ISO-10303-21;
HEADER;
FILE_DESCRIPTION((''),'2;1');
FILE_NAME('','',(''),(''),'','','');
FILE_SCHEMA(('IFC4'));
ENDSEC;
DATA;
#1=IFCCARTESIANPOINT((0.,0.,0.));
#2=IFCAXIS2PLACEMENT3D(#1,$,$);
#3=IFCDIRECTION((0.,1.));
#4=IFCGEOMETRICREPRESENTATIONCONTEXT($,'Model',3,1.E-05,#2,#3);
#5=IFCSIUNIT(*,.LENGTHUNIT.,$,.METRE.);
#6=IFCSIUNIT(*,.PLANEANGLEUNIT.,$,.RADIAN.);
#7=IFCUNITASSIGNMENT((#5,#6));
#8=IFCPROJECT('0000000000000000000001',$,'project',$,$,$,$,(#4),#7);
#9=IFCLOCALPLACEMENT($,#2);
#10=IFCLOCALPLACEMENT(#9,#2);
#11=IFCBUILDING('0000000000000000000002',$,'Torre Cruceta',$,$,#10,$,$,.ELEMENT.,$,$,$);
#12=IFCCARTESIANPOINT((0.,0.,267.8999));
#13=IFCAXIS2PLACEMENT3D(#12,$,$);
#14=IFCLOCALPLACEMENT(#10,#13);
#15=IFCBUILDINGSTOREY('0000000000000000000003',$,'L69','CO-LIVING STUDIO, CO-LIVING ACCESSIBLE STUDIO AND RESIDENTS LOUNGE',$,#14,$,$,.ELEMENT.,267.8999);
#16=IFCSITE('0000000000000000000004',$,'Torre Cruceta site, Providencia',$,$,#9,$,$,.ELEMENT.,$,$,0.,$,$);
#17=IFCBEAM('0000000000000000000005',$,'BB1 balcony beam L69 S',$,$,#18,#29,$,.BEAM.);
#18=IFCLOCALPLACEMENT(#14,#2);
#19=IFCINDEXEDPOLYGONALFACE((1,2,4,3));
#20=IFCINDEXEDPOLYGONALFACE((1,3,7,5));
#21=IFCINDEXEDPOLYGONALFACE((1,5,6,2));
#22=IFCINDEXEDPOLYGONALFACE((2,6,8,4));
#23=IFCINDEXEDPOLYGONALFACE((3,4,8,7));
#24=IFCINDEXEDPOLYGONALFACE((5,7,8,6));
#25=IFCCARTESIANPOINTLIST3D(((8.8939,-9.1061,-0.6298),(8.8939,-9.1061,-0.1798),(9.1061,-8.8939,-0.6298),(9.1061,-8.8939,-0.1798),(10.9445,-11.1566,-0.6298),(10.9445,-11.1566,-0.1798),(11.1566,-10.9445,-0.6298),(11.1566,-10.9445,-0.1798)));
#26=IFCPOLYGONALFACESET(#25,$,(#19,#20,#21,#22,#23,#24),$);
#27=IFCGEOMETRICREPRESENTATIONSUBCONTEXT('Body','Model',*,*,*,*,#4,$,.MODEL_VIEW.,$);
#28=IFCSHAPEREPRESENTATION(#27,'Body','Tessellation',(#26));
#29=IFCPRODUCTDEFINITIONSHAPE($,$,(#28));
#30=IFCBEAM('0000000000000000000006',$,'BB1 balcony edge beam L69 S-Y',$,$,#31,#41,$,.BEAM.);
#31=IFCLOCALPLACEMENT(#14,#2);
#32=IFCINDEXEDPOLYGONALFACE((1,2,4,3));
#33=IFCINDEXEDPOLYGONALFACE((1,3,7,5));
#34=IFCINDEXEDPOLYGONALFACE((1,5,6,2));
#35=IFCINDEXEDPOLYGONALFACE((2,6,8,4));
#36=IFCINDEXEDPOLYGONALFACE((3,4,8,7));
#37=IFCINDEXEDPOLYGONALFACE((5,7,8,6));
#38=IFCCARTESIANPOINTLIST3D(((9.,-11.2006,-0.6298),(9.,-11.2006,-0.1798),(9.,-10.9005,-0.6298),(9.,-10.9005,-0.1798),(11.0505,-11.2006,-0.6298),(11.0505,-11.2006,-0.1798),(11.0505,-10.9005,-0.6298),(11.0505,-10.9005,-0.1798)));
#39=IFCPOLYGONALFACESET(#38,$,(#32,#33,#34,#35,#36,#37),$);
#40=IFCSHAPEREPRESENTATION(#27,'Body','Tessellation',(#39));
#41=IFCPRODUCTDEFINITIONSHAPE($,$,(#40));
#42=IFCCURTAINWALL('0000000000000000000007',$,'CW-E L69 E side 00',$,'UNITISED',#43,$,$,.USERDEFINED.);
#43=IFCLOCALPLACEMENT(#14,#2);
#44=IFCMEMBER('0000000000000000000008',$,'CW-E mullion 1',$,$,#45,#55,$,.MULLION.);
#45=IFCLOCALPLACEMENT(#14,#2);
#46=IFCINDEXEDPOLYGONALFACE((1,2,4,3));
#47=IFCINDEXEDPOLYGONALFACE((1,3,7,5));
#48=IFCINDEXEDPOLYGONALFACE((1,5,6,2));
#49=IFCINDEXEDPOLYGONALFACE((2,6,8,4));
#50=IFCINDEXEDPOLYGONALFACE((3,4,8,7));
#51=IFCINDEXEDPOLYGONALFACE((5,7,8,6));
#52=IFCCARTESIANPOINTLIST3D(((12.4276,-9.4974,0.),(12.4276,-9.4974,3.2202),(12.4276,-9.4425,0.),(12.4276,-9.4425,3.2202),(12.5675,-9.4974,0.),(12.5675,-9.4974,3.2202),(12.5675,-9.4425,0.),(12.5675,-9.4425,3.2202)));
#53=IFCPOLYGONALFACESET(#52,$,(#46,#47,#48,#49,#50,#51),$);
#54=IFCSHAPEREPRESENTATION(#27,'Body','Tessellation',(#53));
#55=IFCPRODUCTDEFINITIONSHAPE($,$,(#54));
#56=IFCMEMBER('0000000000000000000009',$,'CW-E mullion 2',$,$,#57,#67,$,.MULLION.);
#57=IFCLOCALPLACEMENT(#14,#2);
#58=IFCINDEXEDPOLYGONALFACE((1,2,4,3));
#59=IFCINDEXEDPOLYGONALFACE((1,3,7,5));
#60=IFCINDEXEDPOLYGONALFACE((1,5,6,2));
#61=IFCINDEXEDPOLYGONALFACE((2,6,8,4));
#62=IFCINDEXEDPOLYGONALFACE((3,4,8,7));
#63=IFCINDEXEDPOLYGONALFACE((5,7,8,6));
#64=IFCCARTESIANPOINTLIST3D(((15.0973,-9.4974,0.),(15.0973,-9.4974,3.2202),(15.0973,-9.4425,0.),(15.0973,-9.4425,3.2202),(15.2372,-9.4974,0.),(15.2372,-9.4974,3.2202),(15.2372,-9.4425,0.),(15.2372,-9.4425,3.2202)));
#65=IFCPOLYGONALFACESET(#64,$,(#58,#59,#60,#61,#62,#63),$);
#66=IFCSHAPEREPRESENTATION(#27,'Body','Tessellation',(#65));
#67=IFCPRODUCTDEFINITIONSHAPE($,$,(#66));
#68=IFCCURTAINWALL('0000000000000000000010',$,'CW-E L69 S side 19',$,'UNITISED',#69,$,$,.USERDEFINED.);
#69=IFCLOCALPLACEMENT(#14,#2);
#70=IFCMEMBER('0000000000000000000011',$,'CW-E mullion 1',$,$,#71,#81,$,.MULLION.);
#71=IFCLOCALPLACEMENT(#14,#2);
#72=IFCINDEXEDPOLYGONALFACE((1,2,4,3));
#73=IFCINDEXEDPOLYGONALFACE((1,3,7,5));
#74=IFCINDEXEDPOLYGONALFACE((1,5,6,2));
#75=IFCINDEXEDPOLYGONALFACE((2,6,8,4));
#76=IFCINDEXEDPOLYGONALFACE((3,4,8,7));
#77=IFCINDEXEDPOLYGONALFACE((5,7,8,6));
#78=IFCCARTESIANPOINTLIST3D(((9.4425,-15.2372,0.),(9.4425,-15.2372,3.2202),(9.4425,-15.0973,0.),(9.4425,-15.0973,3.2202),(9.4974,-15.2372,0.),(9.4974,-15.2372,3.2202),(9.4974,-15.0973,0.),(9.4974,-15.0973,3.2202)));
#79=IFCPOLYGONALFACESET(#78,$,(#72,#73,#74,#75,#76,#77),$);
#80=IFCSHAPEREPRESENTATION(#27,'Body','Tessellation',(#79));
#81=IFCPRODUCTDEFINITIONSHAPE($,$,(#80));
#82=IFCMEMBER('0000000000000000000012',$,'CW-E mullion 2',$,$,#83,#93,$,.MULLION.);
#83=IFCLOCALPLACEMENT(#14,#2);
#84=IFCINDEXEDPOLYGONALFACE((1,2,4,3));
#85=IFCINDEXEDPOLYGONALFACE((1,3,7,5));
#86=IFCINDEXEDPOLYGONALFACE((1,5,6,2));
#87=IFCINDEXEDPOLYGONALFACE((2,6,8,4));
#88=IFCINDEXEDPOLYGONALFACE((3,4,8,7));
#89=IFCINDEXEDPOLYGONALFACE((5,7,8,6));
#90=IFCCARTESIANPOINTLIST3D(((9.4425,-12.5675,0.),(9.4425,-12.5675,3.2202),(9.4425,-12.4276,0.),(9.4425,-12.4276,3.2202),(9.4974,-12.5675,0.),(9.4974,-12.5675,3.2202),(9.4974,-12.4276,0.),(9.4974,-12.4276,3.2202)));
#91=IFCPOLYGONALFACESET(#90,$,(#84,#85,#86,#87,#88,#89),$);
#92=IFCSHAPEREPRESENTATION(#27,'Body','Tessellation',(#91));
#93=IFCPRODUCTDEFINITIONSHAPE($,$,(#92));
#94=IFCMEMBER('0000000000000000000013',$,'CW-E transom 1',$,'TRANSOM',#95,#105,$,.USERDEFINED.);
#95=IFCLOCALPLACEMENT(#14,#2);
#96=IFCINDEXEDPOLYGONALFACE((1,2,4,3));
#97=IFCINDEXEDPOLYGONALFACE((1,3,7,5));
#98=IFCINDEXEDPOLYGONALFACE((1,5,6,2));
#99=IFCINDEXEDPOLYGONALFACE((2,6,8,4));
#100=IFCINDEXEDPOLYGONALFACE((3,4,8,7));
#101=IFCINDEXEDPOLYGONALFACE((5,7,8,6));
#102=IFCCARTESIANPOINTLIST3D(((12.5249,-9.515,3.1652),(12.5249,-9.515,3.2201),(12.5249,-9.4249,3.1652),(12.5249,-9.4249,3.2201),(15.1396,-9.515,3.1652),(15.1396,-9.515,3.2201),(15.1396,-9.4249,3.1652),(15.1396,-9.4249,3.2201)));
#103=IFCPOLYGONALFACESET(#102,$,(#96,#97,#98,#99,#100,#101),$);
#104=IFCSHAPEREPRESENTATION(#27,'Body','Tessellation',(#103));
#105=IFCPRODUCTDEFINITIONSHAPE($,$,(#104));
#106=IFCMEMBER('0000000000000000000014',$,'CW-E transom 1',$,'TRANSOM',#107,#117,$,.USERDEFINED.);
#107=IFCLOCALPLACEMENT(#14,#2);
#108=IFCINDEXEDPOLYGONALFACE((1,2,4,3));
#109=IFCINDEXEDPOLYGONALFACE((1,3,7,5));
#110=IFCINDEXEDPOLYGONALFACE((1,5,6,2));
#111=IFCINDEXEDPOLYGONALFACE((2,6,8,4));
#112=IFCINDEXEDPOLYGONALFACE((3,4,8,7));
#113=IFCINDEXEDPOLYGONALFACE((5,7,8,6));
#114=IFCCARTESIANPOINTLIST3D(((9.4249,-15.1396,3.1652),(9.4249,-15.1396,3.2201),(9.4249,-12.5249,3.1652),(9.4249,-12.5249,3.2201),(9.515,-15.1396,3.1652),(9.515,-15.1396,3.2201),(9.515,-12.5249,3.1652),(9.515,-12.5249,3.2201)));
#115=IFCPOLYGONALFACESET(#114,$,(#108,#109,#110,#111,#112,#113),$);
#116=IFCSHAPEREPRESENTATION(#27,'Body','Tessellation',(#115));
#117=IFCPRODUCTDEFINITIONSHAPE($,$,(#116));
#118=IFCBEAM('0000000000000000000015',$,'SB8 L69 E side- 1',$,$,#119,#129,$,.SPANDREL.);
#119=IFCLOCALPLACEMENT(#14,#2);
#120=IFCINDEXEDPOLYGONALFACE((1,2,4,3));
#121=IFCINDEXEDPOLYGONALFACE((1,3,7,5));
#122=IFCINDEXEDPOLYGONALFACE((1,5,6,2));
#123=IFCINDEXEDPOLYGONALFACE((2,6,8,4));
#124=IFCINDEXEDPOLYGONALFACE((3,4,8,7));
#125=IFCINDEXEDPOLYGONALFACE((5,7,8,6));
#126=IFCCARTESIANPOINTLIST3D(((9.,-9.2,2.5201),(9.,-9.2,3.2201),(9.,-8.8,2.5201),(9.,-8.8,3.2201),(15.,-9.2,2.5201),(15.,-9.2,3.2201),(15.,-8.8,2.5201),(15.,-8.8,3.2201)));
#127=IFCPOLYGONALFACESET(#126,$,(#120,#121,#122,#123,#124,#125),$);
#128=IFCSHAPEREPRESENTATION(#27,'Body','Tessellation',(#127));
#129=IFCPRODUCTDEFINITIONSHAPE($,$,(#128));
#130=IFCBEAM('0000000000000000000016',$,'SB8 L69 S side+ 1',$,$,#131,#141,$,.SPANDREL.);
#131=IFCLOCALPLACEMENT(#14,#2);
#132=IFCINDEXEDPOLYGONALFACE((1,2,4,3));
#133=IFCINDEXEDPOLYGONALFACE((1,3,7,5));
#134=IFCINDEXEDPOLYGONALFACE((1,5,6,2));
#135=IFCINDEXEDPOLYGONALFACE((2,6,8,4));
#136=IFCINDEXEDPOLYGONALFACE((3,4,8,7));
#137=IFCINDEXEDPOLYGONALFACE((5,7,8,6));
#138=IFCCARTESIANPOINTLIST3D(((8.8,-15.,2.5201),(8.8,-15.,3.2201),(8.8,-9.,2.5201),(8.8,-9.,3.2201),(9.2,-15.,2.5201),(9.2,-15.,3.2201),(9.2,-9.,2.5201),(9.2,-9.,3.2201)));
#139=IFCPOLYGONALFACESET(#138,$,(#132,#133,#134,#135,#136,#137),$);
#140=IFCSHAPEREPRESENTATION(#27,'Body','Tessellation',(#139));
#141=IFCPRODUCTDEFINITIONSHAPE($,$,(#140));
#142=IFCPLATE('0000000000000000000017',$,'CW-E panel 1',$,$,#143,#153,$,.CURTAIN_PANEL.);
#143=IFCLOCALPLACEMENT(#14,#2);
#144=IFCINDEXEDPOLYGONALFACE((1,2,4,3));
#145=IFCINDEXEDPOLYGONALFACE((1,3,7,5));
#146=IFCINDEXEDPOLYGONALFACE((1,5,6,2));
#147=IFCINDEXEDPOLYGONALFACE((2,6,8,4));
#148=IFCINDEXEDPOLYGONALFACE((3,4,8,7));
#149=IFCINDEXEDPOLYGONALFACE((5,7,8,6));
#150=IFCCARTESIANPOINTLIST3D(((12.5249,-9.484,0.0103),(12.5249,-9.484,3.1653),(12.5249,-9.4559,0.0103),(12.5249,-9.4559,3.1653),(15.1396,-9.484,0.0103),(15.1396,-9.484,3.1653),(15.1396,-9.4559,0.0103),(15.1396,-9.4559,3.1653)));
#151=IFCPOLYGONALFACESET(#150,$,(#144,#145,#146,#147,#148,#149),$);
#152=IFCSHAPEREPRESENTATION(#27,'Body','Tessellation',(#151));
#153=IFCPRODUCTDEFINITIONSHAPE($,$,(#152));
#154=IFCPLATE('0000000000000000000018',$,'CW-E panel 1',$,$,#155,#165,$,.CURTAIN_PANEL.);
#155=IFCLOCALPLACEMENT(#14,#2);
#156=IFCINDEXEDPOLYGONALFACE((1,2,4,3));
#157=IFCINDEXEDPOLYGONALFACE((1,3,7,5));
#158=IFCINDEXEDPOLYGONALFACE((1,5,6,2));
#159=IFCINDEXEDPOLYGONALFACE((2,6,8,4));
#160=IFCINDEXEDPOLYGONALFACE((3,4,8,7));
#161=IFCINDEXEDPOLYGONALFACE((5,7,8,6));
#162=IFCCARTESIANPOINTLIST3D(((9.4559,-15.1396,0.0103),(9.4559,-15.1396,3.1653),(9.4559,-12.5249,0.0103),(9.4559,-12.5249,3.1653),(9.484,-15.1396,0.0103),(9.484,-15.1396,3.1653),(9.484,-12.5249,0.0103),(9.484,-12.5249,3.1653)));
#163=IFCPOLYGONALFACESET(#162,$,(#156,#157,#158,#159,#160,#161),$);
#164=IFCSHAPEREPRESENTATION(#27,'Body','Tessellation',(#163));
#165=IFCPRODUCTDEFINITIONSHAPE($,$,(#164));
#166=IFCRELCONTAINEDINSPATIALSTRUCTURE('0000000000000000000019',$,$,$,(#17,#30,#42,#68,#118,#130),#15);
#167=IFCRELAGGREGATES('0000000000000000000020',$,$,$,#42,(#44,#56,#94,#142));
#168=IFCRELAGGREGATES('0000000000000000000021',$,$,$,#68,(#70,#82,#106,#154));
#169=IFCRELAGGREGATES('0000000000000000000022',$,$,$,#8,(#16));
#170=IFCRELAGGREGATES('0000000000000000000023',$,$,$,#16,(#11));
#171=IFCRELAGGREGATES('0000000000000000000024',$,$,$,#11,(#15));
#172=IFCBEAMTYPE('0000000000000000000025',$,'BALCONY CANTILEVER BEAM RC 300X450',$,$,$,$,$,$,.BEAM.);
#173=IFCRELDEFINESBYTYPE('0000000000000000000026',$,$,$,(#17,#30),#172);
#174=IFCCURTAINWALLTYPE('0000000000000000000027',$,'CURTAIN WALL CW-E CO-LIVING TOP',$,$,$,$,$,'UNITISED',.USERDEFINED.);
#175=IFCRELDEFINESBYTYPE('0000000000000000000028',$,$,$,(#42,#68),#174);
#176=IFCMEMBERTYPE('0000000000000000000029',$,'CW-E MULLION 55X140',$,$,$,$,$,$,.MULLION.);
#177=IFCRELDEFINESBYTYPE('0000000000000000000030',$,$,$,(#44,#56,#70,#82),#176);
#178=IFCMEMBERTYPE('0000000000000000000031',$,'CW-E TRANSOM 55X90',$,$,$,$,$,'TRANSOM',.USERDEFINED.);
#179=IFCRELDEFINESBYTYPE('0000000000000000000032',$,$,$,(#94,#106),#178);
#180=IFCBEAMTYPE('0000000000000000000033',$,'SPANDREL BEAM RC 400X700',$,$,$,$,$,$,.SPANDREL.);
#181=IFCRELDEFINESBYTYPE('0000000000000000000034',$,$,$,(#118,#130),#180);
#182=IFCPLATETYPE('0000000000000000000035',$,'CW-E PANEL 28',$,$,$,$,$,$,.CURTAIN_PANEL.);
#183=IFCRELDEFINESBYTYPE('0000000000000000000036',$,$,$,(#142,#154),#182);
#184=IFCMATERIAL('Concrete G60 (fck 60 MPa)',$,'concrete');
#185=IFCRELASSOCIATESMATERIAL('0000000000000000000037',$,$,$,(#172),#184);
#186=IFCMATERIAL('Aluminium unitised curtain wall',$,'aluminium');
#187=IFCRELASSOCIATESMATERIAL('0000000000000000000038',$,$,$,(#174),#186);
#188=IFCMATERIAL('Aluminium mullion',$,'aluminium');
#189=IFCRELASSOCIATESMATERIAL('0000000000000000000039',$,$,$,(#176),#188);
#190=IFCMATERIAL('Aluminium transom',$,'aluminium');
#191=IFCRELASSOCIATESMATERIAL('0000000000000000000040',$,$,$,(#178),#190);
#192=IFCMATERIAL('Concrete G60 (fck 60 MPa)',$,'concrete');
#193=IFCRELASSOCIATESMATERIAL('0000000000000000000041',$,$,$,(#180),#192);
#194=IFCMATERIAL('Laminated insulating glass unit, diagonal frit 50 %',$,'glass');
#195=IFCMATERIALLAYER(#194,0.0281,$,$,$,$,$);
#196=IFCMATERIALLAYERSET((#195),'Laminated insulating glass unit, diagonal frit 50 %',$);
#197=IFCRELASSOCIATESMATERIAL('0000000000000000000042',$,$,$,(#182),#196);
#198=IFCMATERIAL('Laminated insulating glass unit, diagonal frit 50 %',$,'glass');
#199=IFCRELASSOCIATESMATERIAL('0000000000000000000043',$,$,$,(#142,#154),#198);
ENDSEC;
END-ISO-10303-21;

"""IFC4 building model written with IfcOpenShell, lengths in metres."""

from ifc_helpers import new_model, si_unit, direction, frame, origin, origin_2d, place, context, subcontext, project, spatial, rectangle, extrude, material, layer, layer_set, material_profile, profile_set, type_object, element, aggregate, save


model = new_model("IFC4")

# Units and contexts
model_context = context("Model", 3, precision=1e-05, world=origin(), true_north=direction((0.0, 1.0)))
body_context = subcontext(model_context, "Body", "Model", "MODEL_VIEW")
ifc_project = project(units=[si_unit("LENGTHUNIT", "METRE"), si_unit("PLANEANGLEUNIT", "RADIAN")], contexts=[model_context])

# Site, building, storey
site_placement = place(None, origin())
site = spatial("IfcSite", under=ifc_project, at=site_placement, Name="Torre Cruceta site, Providencia", CompositionType="ELEMENT", RefElevation=0.0)
building_placement = place(site_placement, origin())
building = spatial("IfcBuilding", under=site, at=building_placement, Name="Torre Cruceta", CompositionType="ELEMENT")
storey_placement = place(building_placement, frame((0.0, 0.0, 267.8999)))
storey = spatial("IfcBuildingStorey", under=building, at=storey_placement, Name="L69", Description="CO-LIVING STUDIO, CO-LIVING ACCESSIBLE STUDIO AND RESIDENTS LOUNGE", CompositionType="ELEMENT", Elevation=267.8999)

# Beams
ifc_material_1 = material(Name="Concrete G60 (fck 60 MPa)", Category="concrete")
ifc_material_profile_1 = material_profile(ifc_material_1, rectangle(XDim=0.3, YDim=0.45, at=origin_2d()), Name="RC 300X450")
ifc_profile_set_1 = profile_set([ifc_material_profile_1], Name="Concrete G60 (fck 60 MPa)")
beam_type_1 = type_object("IfcBeamType", Name="BALCONY CANTILEVER BEAM RC 300X450", PredefinedType="BEAM", material=ifc_profile_set_1)
beam_1_placement = place(storey_placement, frame((9.0, -9.0, -0.4048), z_axis=(0.707107, -0.707107, 0.0), x_axis=(0.707107, 0.707107, 0.0)))
element("IfcBeam", 1, at=beam_1_placement, inside=storey, type_object=beam_type_1, Name="BB1 balcony beam L69 S", PredefinedType="BEAM", context=body_context, shape_type="SweptSolid", body=[
    extrude(rectangle(XDim=0.3, YDim=0.45, at=origin_2d()), origin(), (0.0, 0.0, 1.0), 2.8999),
])
beam_2_placement = place(storey_placement, frame((9.0, -11.0505, -0.4048), z_axis=(1.0, 0.0, 0.0), x_axis=(0.0, 1.0, 0.0)))
element("IfcBeam", 2, at=beam_2_placement, inside=storey, type_object=beam_type_1, Name="BB1 balcony edge beam L69 S-Y", PredefinedType="BEAM", context=body_context, shape_type="SweptSolid", body=[
    extrude(rectangle(XDim=0.3, YDim=0.45, at=origin_2d()), origin(), (0.0, 0.0, 1.0), 2.0505),
])

# Curtain walls, members
ifc_material_2 = material(Name="Aluminium unitised curtain wall", Category="aluminium")
curtain_wall_type = type_object("IfcCurtainWallType", Name="CURTAIN WALL CW-E CO-LIVING TOP", ElementType="UNITISED", PredefinedType="USERDEFINED", material=ifc_material_2)
curtain_wall_1_placement = place(storey_placement, origin())
curtain_wall_1 = element("IfcCurtainWall", 3, at=curtain_wall_1_placement, inside=storey, type_object=curtain_wall_type, Name="CW-E L69 E side 00", ObjectType="UNITISED", PredefinedType="USERDEFINED")
ifc_material_3 = material(Name="Aluminium mullion", Category="aluminium")
ifc_material_profile_2 = material_profile(ifc_material_3, rectangle(XDim=0.0549, YDim=0.1399, at=origin_2d()), Name="AL 55X140")
ifc_profile_set_2 = profile_set([ifc_material_profile_2], Name="Aluminium mullion")
member_type_1 = type_object("IfcMemberType", Name="CW-E MULLION 55X140", PredefinedType="MULLION", material=ifc_profile_set_2)
member_1_placement = place(storey_placement, frame((12.4976, -9.47, 0.0), z_axis=(0.0, 0.0, 1.0), x_axis=(0.0, 1.0, 0.0)))
member_1 = element("IfcMember", 4, at=member_1_placement, type_object=member_type_1, Name="CW-E mullion 1", PredefinedType="MULLION", context=body_context, shape_type="SweptSolid", body=[
    extrude(rectangle(XDim=0.0549, YDim=0.1399, at=origin_2d()), origin(), (0.0, 0.0, 1.0), 3.2202),
])
member_2_placement = place(storey_placement, frame((15.1672, -9.47, 0.0), z_axis=(0.0, 0.0, 1.0), x_axis=(0.0, 1.0, 0.0)))
member_2 = element("IfcMember", 5, at=member_2_placement, type_object=member_type_1, Name="CW-E mullion 2", PredefinedType="MULLION", context=body_context, shape_type="SweptSolid", body=[
    extrude(rectangle(XDim=0.0549, YDim=0.1399, at=origin_2d()), origin(), (0.0, 0.0, 1.0), 3.2202),
])
curtain_wall_2_placement = place(storey_placement, origin())
curtain_wall_2 = element("IfcCurtainWall", 6, at=curtain_wall_2_placement, inside=storey, type_object=curtain_wall_type, Name="CW-E L69 S side 19", ObjectType="UNITISED", PredefinedType="USERDEFINED")
member_3_placement = place(storey_placement, frame((9.47, -15.1672, 0.0), z_axis=(0.0, 0.0, 1.0), x_axis=(-1.0, 0.0, 0.0)))
member_3 = element("IfcMember", 7, at=member_3_placement, type_object=member_type_1, Name="CW-E mullion 1", PredefinedType="MULLION", context=body_context, shape_type="SweptSolid", body=[
    extrude(rectangle(XDim=0.0549, YDim=0.1399, at=origin_2d()), origin(), (0.0, 0.0, 1.0), 3.2202),
])
member_4_placement = place(storey_placement, frame((9.47, -12.4976, 0.0), z_axis=(0.0, 0.0, 1.0), x_axis=(-1.0, 0.0, 0.0)))
member_4 = element("IfcMember", 8, at=member_4_placement, type_object=member_type_1, Name="CW-E mullion 2", PredefinedType="MULLION", context=body_context, shape_type="SweptSolid", body=[
    extrude(rectangle(XDim=0.0549, YDim=0.1399, at=origin_2d()), origin(), (0.0, 0.0, 1.0), 3.2202),
])

# Members
ifc_material_4 = material(Name="Aluminium transom", Category="aluminium")
ifc_material_profile_3 = material_profile(ifc_material_4, rectangle(XDim=0.0901, YDim=0.0549, at=origin_2d()), Name="AL 90X55")
ifc_profile_set_3 = profile_set([ifc_material_profile_3], Name="Aluminium transom")
member_type_2 = type_object("IfcMemberType", Name="CW-E TRANSOM 55X90", ElementType="TRANSOM", PredefinedType="USERDEFINED", material=ifc_profile_set_3)
member_5_placement = place(storey_placement, frame((12.5249, -9.47, 3.1926), z_axis=(1.0, 0.0, 0.0), x_axis=(0.0, 1.0, 0.0)))
member_5 = element("IfcMember", 9, at=member_5_placement, type_object=member_type_2, Name="CW-E transom 1", ObjectType="TRANSOM", PredefinedType="USERDEFINED", context=body_context, shape_type="SweptSolid", body=[
    extrude(rectangle(XDim=0.0901, YDim=0.0549, at=origin_2d()), origin(), (0.0, 0.0, 1.0), 2.6147),
])
member_6_placement = place(storey_placement, frame((9.47, -15.1396, 3.1926), z_axis=(0.0, 1.0, 0.0), x_axis=(-1.0, 0.0, 0.0)))
member_6 = element("IfcMember", 10, at=member_6_placement, type_object=member_type_2, Name="CW-E transom 1", ObjectType="TRANSOM", PredefinedType="USERDEFINED", context=body_context, shape_type="SweptSolid", body=[
    extrude(rectangle(XDim=0.0901, YDim=0.0549, at=origin_2d()), origin(), (0.0, 0.0, 1.0), 2.6147),
])

# Beams
ifc_material_5 = material(Name="Concrete G60 (fck 60 MPa)", Category="concrete")
ifc_material_profile_4 = material_profile(ifc_material_5, rectangle(XDim=0.3999, YDim=0.7, at=origin_2d()), Name="RC 400X700")
ifc_profile_set_4 = profile_set([ifc_material_profile_4], Name="Concrete G60 (fck 60 MPa)")
beam_type_2 = type_object("IfcBeamType", Name="SPANDREL BEAM RC 400X700", PredefinedType="SPANDREL", material=ifc_profile_set_4)
for number, where, z_axis, x_axis, name in (
    (11, (9.0, -9.0, 2.8701), (1.0, 0.0, 0.0), (0.0, 1.0, 0.0), "SB8 L69 E side- 1"),
    (12, (9.0, -9.0, 2.8701), (0.0, -1.0, 0.0), (1.0, 0.0, 0.0), "SB8 L69 S side+ 1"),
):
    element("IfcBeam", number, at=place(storey_placement, frame(where, z_axis=z_axis, x_axis=x_axis)), inside=storey, type_object=beam_type_2, Name=name, PredefinedType="SPANDREL", context=body_context, shape_type="SweptSolid", body=[
        extrude(rectangle(XDim=0.3999, YDim=0.7, at=origin_2d()), origin(), (0.0, 0.0, 1.0), 6.0),
    ])

# Plates
ifc_material_6 = material(Name="Laminated insulating glass unit, diagonal frit 50 %", Category="glass")
ifc_material_7 = material(Name="Laminated insulating glass unit, diagonal frit 50 %", Category="glass")
ifc_layer_1 = layer(ifc_material_7, 0.0281)
ifc_layer_set_1 = layer_set([ifc_layer_1], Name="Laminated insulating glass unit, diagonal frit 50 %")
plate_type = type_object("IfcPlateType", Name="CW-E PANEL 28", PredefinedType="CURTAIN_PANEL", material=ifc_layer_set_1)
plate_1_placement = place(storey_placement, frame((13.8323, -9.47, 0.0103), z_axis=(0.0, 0.0, 1.0), x_axis=(1.0, 0.0, 0.0)))
plate_1 = element("IfcPlate", 13, at=plate_1_placement, type_object=plate_type, material=ifc_material_6, Name="CW-E panel 1", PredefinedType="CURTAIN_PANEL", context=body_context, shape_type="SweptSolid", body=[
    extrude(rectangle(XDim=2.6147, YDim=0.0281, at=origin_2d()), origin(), (0.0, 0.0, 1.0), 3.155),
])
aggregate(curtain_wall_1, [member_1, member_2, member_5, plate_1])
plate_2_placement = place(storey_placement, frame((9.47, -13.8323, 0.0103), z_axis=(0.0, 0.0, 1.0), x_axis=(0.0, 1.0, 0.0)))
plate_2 = element("IfcPlate", 14, at=plate_2_placement, type_object=plate_type, material=ifc_material_6, Name="CW-E panel 1", PredefinedType="CURTAIN_PANEL", context=body_context, shape_type="SweptSolid", body=[
    extrude(rectangle(XDim=2.6147, YDim=0.0281, at=origin_2d()), origin(), (0.0, 0.0, 1.0), 3.155),
])
aggregate(curtain_wall_2, [member_3, member_4, member_6, plate_2])

save(model, "model.ifc")
